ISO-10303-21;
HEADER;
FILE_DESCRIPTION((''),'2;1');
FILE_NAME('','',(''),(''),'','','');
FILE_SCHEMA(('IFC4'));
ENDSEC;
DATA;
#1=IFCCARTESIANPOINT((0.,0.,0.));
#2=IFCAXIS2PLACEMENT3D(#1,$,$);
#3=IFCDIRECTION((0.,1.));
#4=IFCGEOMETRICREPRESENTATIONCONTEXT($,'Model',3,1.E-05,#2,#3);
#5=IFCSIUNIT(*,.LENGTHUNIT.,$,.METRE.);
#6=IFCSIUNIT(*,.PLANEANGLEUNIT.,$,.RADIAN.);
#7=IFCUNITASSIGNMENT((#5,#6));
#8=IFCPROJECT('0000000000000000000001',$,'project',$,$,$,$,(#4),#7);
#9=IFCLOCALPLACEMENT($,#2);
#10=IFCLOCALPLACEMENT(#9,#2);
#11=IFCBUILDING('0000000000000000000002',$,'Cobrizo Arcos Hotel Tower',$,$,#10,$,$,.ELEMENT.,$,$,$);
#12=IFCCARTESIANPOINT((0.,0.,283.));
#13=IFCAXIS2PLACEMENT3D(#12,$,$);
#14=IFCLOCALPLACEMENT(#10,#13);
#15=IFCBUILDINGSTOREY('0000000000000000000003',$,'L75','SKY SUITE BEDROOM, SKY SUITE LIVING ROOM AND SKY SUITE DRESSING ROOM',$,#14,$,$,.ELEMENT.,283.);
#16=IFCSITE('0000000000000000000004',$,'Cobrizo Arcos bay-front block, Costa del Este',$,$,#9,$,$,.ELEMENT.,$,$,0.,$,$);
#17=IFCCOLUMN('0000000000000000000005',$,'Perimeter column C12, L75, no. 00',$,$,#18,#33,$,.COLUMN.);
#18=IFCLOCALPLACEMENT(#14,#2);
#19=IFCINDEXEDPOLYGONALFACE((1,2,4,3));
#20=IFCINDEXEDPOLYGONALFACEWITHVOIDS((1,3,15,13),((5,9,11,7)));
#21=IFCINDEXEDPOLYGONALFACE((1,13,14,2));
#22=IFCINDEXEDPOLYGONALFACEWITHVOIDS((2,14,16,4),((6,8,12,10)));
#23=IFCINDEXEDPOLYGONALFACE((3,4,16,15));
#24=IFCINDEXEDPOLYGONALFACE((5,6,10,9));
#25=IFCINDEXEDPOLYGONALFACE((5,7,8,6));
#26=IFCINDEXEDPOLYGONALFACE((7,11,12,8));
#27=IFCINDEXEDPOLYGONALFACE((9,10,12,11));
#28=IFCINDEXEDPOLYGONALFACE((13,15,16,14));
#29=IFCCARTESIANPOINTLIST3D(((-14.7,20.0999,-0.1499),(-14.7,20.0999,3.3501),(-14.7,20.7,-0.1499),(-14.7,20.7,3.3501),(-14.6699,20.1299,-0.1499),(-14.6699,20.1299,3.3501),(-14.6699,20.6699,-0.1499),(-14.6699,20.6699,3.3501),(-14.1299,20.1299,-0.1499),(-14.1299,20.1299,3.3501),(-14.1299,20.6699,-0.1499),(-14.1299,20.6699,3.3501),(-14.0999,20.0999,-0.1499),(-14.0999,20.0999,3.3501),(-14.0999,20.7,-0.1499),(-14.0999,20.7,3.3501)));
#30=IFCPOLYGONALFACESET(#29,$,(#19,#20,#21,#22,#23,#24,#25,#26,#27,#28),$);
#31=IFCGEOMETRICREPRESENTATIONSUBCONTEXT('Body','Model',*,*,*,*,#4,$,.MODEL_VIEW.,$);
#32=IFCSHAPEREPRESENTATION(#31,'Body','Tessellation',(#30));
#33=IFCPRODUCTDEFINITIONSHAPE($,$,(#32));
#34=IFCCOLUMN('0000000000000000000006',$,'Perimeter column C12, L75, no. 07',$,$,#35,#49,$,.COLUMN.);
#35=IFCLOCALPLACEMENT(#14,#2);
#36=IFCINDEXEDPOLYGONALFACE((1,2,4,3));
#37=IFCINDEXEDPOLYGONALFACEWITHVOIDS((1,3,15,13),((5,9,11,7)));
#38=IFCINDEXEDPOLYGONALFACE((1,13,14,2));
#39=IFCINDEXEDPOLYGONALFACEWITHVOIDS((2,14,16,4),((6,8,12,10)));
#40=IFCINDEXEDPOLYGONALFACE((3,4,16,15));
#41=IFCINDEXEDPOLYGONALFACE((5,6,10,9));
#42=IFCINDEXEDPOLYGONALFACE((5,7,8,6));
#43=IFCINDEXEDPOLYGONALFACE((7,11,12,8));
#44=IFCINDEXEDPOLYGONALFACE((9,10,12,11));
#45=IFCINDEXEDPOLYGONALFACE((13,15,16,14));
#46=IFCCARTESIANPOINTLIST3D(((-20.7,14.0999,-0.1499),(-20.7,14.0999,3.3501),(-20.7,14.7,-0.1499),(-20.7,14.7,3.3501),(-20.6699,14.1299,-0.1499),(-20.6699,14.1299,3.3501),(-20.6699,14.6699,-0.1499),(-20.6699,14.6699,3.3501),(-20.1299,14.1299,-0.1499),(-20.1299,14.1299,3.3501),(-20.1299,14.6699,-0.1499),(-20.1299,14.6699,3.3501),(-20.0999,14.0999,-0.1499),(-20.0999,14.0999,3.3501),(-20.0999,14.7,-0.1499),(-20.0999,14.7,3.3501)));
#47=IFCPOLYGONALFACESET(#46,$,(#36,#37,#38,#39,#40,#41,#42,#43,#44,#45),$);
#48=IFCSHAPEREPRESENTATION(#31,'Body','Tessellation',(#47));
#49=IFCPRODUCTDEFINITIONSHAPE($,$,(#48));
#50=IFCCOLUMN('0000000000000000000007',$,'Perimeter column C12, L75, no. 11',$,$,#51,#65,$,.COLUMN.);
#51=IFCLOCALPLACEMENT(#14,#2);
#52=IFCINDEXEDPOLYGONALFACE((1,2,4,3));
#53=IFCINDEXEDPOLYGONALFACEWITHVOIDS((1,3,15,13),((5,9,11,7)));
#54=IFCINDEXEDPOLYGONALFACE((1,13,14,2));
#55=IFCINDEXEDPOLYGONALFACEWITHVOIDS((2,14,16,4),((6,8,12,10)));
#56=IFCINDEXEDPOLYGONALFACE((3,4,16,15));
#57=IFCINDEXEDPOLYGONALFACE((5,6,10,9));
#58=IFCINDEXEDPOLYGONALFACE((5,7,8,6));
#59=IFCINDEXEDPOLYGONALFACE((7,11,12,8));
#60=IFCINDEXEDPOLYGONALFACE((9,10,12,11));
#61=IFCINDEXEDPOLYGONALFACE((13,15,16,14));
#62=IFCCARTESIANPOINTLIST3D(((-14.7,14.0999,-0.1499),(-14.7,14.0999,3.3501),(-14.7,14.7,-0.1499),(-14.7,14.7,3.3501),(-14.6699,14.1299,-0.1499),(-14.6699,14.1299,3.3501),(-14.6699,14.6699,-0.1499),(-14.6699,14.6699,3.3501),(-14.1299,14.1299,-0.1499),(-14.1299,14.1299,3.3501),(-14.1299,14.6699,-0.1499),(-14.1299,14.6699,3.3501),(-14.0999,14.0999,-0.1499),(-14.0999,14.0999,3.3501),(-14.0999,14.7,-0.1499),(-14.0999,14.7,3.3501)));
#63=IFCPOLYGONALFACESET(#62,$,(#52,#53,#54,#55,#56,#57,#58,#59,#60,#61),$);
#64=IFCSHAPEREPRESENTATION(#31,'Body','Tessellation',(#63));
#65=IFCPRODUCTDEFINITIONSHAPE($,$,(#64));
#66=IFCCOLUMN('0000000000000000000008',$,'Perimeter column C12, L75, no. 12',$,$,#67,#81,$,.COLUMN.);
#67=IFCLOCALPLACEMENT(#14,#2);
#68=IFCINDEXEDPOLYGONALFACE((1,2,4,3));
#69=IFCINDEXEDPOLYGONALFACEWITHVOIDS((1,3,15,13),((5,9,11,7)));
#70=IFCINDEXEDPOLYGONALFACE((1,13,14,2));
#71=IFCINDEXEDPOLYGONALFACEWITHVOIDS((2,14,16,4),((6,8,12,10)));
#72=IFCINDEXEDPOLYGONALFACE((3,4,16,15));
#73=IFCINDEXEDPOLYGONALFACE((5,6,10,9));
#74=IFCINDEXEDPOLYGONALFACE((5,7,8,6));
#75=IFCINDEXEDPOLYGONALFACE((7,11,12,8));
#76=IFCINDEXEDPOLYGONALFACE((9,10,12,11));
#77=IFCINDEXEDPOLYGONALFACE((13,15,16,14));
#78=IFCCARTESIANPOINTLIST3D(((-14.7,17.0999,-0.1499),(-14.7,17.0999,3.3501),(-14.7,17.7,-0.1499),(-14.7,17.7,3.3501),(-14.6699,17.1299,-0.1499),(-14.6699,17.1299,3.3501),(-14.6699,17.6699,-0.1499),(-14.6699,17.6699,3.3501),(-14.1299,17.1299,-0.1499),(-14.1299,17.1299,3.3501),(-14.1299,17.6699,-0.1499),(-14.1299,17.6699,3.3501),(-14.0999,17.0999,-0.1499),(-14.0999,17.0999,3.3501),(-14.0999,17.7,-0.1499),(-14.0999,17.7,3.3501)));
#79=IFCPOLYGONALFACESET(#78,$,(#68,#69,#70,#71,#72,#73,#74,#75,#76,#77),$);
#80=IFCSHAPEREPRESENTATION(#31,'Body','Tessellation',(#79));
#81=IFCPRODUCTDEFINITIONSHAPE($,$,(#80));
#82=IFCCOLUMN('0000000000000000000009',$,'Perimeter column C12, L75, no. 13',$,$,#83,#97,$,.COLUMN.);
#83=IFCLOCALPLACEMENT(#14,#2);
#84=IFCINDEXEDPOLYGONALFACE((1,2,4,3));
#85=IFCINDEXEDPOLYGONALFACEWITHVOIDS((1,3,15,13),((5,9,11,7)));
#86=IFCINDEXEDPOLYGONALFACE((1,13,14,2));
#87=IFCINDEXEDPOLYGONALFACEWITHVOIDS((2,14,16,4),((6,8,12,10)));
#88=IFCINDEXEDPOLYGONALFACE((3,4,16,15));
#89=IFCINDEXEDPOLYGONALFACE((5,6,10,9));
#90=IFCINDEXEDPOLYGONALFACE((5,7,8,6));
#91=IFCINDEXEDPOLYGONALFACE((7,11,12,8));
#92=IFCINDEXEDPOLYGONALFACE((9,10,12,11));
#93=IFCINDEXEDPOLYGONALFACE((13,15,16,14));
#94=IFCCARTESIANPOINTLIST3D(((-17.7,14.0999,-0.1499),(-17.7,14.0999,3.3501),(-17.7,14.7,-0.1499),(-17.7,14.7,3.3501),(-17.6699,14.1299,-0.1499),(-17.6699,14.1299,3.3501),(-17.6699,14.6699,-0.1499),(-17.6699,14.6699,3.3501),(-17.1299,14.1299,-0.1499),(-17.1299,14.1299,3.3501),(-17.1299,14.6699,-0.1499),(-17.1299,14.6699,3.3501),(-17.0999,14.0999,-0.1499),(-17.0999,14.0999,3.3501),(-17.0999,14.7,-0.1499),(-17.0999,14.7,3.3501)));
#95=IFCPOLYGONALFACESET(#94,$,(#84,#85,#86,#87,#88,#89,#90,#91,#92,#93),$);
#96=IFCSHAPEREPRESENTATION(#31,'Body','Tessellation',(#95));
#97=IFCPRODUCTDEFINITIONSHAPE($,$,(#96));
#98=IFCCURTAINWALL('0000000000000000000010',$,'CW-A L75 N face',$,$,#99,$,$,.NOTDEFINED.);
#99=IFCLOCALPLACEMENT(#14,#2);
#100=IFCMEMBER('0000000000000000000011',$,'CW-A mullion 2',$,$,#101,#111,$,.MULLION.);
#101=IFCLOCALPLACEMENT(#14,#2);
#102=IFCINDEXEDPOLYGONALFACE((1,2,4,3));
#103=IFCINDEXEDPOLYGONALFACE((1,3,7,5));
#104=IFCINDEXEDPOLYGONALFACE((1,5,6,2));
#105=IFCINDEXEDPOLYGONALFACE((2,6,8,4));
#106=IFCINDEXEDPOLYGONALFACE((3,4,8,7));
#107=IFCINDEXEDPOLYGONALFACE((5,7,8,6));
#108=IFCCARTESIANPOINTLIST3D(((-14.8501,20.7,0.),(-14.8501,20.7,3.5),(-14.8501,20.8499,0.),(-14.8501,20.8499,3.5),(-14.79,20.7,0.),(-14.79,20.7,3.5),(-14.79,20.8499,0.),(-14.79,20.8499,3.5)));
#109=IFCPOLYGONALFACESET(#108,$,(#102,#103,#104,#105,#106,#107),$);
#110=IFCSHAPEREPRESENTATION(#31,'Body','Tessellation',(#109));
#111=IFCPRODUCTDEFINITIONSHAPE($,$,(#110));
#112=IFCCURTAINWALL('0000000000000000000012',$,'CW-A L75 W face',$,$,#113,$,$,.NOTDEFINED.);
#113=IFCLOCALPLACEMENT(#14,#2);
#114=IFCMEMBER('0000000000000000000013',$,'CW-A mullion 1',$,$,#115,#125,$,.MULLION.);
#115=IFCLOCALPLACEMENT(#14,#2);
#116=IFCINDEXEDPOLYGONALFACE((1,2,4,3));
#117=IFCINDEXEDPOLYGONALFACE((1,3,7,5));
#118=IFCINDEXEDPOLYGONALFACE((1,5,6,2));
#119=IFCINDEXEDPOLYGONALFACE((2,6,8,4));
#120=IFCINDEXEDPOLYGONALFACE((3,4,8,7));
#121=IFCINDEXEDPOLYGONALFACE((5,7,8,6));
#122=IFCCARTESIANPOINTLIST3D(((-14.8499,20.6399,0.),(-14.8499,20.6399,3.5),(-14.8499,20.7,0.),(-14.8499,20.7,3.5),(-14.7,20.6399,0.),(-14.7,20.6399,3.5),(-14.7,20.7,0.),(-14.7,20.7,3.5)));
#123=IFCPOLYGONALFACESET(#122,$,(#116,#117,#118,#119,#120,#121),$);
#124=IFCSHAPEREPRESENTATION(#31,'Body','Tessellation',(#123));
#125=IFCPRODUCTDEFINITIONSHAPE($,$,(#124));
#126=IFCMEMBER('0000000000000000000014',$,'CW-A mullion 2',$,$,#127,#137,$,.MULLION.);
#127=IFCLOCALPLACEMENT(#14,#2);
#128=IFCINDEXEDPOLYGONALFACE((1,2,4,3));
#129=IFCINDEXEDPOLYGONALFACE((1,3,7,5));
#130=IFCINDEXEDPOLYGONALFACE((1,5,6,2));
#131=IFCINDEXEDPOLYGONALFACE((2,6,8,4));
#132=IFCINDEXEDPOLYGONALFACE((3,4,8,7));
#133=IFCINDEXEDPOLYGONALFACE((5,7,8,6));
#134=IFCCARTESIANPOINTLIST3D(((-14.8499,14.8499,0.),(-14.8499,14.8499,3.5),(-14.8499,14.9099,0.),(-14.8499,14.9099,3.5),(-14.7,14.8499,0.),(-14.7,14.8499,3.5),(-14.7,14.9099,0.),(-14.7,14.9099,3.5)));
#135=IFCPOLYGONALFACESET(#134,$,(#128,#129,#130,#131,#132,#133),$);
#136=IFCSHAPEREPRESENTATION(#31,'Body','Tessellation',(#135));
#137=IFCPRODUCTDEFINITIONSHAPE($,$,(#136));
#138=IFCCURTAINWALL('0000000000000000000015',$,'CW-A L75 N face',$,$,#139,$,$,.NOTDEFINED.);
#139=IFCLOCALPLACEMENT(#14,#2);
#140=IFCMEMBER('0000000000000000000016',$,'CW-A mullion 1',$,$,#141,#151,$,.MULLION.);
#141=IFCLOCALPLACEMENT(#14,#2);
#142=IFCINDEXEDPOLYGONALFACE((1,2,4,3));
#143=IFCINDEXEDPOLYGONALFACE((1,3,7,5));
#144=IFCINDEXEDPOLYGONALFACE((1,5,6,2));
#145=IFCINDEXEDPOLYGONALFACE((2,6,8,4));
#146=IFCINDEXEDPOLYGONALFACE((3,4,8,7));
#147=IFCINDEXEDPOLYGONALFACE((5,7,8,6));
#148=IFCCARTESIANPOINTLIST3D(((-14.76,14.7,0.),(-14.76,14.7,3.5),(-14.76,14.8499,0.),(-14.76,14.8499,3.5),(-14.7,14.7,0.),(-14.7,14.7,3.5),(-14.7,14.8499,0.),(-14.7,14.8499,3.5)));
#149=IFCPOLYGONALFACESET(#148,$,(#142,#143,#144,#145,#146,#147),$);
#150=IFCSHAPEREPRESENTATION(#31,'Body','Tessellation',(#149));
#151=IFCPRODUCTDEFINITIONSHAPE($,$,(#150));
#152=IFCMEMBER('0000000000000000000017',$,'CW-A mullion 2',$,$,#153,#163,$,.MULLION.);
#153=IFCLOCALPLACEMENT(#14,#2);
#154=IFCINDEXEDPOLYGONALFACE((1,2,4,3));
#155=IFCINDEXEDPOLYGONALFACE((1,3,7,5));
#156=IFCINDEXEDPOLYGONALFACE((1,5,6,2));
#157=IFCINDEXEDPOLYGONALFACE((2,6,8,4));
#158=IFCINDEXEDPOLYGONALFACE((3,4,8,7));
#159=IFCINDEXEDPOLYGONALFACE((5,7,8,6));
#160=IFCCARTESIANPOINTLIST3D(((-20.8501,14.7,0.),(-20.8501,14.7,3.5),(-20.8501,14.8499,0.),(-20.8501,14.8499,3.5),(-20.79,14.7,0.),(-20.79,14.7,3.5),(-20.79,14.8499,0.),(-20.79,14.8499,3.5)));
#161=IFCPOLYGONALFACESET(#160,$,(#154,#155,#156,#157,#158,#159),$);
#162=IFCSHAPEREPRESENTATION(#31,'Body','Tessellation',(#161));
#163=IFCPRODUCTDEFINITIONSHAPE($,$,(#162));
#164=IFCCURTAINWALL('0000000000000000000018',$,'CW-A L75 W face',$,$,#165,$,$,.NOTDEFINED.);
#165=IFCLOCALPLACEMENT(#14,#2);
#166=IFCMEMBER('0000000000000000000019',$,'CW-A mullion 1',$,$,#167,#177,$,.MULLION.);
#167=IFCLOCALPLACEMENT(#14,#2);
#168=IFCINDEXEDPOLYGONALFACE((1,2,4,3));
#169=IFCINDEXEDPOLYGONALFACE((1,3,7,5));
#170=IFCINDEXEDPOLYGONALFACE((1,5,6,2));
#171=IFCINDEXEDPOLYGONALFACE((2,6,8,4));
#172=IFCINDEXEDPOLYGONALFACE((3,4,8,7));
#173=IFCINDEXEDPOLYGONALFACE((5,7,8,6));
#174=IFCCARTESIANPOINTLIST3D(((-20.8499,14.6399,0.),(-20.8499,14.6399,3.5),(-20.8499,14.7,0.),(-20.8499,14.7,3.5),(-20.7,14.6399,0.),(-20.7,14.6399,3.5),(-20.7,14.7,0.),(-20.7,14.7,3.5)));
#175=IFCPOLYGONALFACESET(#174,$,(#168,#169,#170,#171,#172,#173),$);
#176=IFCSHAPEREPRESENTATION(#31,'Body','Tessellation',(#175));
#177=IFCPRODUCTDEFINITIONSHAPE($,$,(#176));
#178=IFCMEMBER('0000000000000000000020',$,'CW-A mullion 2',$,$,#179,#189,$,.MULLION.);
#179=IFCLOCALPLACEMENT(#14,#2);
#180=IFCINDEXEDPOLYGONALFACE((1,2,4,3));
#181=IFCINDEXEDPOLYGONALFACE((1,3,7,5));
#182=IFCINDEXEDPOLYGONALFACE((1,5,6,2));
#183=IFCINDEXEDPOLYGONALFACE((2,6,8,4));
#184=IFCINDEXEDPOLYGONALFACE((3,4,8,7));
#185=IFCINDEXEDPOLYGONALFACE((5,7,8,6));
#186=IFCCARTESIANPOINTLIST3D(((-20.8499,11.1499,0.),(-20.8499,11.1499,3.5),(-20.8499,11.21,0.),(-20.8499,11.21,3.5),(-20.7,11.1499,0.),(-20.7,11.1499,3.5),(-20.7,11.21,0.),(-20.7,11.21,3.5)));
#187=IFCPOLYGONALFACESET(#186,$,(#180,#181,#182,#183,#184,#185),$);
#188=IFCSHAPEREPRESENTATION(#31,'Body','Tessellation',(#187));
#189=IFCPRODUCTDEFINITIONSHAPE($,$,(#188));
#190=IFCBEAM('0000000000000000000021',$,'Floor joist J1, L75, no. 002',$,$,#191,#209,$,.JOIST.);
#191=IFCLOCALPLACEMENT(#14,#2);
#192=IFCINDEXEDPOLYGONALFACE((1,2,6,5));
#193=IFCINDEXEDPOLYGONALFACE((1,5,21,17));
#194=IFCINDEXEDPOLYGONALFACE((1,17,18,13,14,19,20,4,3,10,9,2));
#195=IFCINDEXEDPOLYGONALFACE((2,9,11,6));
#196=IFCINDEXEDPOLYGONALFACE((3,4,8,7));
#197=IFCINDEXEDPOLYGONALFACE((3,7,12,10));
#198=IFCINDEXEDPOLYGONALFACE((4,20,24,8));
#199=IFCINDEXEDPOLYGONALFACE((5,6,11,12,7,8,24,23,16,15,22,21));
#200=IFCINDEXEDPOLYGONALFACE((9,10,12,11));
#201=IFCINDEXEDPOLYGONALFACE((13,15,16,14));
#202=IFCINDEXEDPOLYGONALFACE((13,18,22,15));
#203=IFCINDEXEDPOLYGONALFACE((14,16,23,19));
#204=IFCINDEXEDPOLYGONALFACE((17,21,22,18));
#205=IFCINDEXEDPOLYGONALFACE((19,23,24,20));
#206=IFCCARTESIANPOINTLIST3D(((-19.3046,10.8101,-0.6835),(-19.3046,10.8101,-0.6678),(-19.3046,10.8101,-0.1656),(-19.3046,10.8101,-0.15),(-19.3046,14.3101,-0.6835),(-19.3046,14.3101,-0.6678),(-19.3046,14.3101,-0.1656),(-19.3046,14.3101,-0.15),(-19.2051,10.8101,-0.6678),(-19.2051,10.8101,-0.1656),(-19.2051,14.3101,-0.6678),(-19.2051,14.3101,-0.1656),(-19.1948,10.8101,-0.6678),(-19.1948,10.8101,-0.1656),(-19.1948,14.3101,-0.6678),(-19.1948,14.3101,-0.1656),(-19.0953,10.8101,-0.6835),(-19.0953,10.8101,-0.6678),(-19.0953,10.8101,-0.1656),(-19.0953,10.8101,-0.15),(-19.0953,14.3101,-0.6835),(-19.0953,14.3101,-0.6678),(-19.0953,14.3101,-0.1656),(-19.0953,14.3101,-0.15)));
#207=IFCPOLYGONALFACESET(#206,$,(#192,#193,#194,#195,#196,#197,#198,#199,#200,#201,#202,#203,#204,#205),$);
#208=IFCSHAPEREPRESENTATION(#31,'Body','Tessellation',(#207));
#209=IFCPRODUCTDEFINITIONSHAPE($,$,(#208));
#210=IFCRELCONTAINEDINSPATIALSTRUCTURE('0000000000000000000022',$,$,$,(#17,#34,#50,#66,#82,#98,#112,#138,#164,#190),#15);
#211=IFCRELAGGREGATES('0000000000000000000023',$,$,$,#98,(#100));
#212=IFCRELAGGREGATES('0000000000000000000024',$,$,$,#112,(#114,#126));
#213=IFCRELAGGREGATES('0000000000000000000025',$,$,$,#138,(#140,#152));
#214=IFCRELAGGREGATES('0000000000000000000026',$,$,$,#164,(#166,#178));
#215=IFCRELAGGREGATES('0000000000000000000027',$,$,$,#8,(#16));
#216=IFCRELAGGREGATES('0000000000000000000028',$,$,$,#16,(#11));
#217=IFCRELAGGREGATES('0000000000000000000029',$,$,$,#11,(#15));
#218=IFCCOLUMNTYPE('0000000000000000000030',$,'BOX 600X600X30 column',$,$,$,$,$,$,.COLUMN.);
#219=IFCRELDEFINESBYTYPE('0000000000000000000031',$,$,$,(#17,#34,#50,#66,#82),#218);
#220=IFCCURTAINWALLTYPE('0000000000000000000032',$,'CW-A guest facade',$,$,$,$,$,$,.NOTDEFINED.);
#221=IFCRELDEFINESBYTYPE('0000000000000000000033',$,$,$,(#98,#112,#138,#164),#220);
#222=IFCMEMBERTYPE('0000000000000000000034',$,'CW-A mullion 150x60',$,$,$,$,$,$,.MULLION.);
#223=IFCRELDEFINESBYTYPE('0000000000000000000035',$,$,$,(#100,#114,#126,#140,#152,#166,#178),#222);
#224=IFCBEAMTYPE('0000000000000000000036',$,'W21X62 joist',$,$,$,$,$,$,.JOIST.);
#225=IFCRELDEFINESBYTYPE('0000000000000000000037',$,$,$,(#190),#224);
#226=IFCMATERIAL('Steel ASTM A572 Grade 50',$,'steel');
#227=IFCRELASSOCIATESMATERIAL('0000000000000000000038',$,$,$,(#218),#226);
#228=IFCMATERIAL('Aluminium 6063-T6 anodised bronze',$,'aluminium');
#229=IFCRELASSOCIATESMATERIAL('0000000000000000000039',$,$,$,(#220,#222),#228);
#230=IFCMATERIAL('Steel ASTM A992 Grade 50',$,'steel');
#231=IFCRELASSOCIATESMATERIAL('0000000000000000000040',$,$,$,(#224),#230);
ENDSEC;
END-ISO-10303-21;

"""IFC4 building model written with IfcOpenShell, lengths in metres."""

from ifc_helpers import new_model, si_unit, direction, frame, origin, origin_2d, place, context, subcontext, project, spatial, rectangle, hollow_rectangle, i_section, extrude, material, material_profile, profile_set, type_object, element, aggregate, save


model = new_model("IFC4")

# Units and contexts
model_context = context("Model", 3, precision=1e-05, world=origin(), true_north=direction((0.0, 1.0)))
body_context = subcontext(model_context, "Body", "Model", "MODEL_VIEW")
ifc_project = project(units=[si_unit("LENGTHUNIT", "METRE"), si_unit("PLANEANGLEUNIT", "RADIAN")], contexts=[model_context])

# Site, building, storey
site_placement = place(None, origin())
site = spatial("IfcSite", under=ifc_project, at=site_placement, Name="Cobrizo Arcos bay-front block, Costa del Este", CompositionType="ELEMENT", RefElevation=0.0)
building_placement = place(site_placement, origin())
building = spatial("IfcBuilding", under=site, at=building_placement, Name="Cobrizo Arcos Hotel Tower", CompositionType="ELEMENT")
storey_placement = place(building_placement, frame((0.0, 0.0, 283.0)))
storey = spatial("IfcBuildingStorey", under=building, at=storey_placement, Name="L75", Description="SKY SUITE BEDROOM, SKY SUITE LIVING ROOM AND SKY SUITE DRESSING ROOM", CompositionType="ELEMENT", Elevation=283.0)

# Columns
ifc_material_1 = material(Name="Steel ASTM A572 Grade 50", Category="steel")
ifc_material_profile_1 = material_profile(ifc_material_1, hollow_rectangle(XDim=0.6001, YDim=0.6001, WallThickness=0.03, at=origin_2d()), Name="BOX 600X600X30")
ifc_profile_set_1 = profile_set([ifc_material_profile_1], Name="Steel ASTM A572 Grade 50")
column_type = type_object("IfcColumnType", Name="BOX 600X600X30 column", PredefinedType="COLUMN", material=ifc_profile_set_1)
for number, where, z_axis, x_axis, name in (
    (1, (-14.3999, 20.3999, -0.1499), (0.0, 0.0, 1.0), (1.0, 0.0, 0.0), "Perimeter column C12, L75, no. 00"),
    (2, (-20.3999, 14.3999, -0.1499), (0.0, 0.0, 1.0), (1.0, 0.0, 0.0), "Perimeter column C12, L75, no. 07"),
    (3, (-14.3999, 14.3999, -0.1499), (0.0, 0.0, 1.0), (1.0, 0.0, 0.0), "Perimeter column C12, L75, no. 11"),
    (4, (-14.3999, 17.3999, -0.1499), (0.0, 0.0, 1.0), (1.0, 0.0, 0.0), "Perimeter column C12, L75, no. 12"),
    (5, (-17.3999, 14.3999, -0.1499), (0.0, 0.0, 1.0), (1.0, 0.0, 0.0), "Perimeter column C12, L75, no. 13"),
):
    element("IfcColumn", number, at=place(storey_placement, frame(where, z_axis=z_axis, x_axis=x_axis)), inside=storey, type_object=column_type, Name=name, PredefinedType="COLUMN", context=body_context, shape_type="SweptSolid", body=[
        extrude(hollow_rectangle(XDim=0.6001, YDim=0.6001, WallThickness=0.03, at=origin_2d()), origin(), (0.0, 0.0, 1.0), 3.5),
    ])

# Curtain wall, member
ifc_material_2 = material(Name="Aluminium 6063-T6 anodised bronze", Category="aluminium")
curtain_wall_type_1 = type_object("IfcCurtainWallType", Name="CW-A guest facade", PredefinedType="NOTDEFINED", material=ifc_material_2)
curtain_wall_1_placement = place(storey_placement, origin())
curtain_wall_1 = element("IfcCurtainWall", 6, at=curtain_wall_1_placement, inside=storey, type_object=curtain_wall_type_1, Name="CW-A L75 N face", PredefinedType="NOTDEFINED")
ifc_material_profile_2 = material_profile(ifc_material_2, rectangle(XDim=0.1499, YDim=0.0601, at=origin_2d()), Name="CW-A mullion 150x60")
ifc_profile_set_2 = profile_set([ifc_material_profile_2], Name="Aluminium 6063-T6 anodised bronze")
member_type = type_object("IfcMemberType", Name="CW-A mullion 150x60", PredefinedType="MULLION", material=ifc_profile_set_2)
member_1_placement = place(storey_placement, frame((-14.8201, 20.7749, 0.0), z_axis=(0.0, 0.0, 1.0), x_axis=(0.0, 1.0, 0.0)))
member_1 = element("IfcMember", 7, at=member_1_placement, type_object=member_type, Name="CW-A mullion 2", PredefinedType="MULLION", context=body_context, shape_type="SweptSolid", body=[
    extrude(rectangle(XDim=0.1499, YDim=0.0601, at=origin_2d()), origin(), (0.0, 0.0, 1.0), 3.5),
])

# Curtain walls, members
curtain_wall_2_placement = place(storey_placement, origin())
curtain_wall_2 = element("IfcCurtainWall", 8, at=curtain_wall_2_placement, inside=storey, type_object=curtain_wall_type_1, Name="CW-A L75 W face", PredefinedType="NOTDEFINED")
member_2_placement = place(storey_placement, frame((-14.7749, 20.6699, 0.0), z_axis=(0.0, 0.0, 1.0), x_axis=(-1.0, 0.0, 0.0)))
member_2 = element("IfcMember", 9, at=member_2_placement, type_object=member_type, Name="CW-A mullion 1", PredefinedType="MULLION", context=body_context, shape_type="SweptSolid", body=[
    extrude(rectangle(XDim=0.1499, YDim=0.0601, at=origin_2d()), origin(), (0.0, 0.0, 1.0), 3.5),
])
member_3_placement = place(storey_placement, frame((-14.7749, 14.8799, 0.0), z_axis=(0.0, 0.0, 1.0), x_axis=(-1.0, 0.0, 0.0)))
member_3 = element("IfcMember", 10, at=member_3_placement, type_object=member_type, Name="CW-A mullion 2", PredefinedType="MULLION", context=body_context, shape_type="SweptSolid", body=[
    extrude(rectangle(XDim=0.1499, YDim=0.0601, at=origin_2d()), origin(), (0.0, 0.0, 1.0), 3.5),
])
curtain_wall_3_placement = place(storey_placement, origin())
curtain_wall_3 = element("IfcCurtainWall", 11, at=curtain_wall_3_placement, inside=storey, type_object=curtain_wall_type_1, Name="CW-A L75 N face", PredefinedType="NOTDEFINED")
member_4_placement = place(storey_placement, frame((-14.73, 14.7749, 0.0), z_axis=(0.0, 0.0, 1.0), x_axis=(0.0, 1.0, 0.0)))
member_4 = element("IfcMember", 12, at=member_4_placement, type_object=member_type, Name="CW-A mullion 1", PredefinedType="MULLION", context=body_context, shape_type="SweptSolid", body=[
    extrude(rectangle(XDim=0.1499, YDim=0.0601, at=origin_2d()), origin(), (0.0, 0.0, 1.0), 3.5),
])
member_5_placement = place(storey_placement, frame((-20.8201, 14.7749, 0.0), z_axis=(0.0, 0.0, 1.0), x_axis=(0.0, 1.0, 0.0)))
member_5 = element("IfcMember", 13, at=member_5_placement, type_object=member_type, Name="CW-A mullion 2", PredefinedType="MULLION", context=body_context, shape_type="SweptSolid", body=[
    extrude(rectangle(XDim=0.1499, YDim=0.0601, at=origin_2d()), origin(), (0.0, 0.0, 1.0), 3.5),
])
curtain_wall_4_placement = place(storey_placement, origin())
curtain_wall_4 = element("IfcCurtainWall", 14, at=curtain_wall_4_placement, inside=storey, type_object=curtain_wall_type_1, Name="CW-A L75 W face", PredefinedType="NOTDEFINED")
member_6_placement = place(storey_placement, frame((-20.7749, 14.6699, 0.0), z_axis=(0.0, 0.0, 1.0), x_axis=(-1.0, 0.0, 0.0)))
member_6 = element("IfcMember", 15, at=member_6_placement, type_object=member_type, Name="CW-A mullion 1", PredefinedType="MULLION", context=body_context, shape_type="SweptSolid", body=[
    extrude(rectangle(XDim=0.1499, YDim=0.0601, at=origin_2d()), origin(), (0.0, 0.0, 1.0), 3.5),
])
member_7_placement = place(storey_placement, frame((-20.7749, 11.1799, 0.0), z_axis=(0.0, 0.0, 1.0), x_axis=(-1.0, 0.0, 0.0)))
member_7 = element("IfcMember", 16, at=member_7_placement, type_object=member_type, Name="CW-A mullion 2", PredefinedType="MULLION", context=body_context, shape_type="SweptSolid", body=[
    extrude(rectangle(XDim=0.1499, YDim=0.0601, at=origin_2d()), origin(), (0.0, 0.0, 1.0), 3.5),
])

# Beam
ifc_material_3 = material(Name="Steel ASTM A992 Grade 50", Category="steel")
ifc_material_profile_3 = material_profile(ifc_material_3, i_section(OverallWidth=0.2092, OverallDepth=0.5334, WebThickness=0.0103, FlangeThickness=0.0156, at=origin_2d()), Name="W21X62")
ifc_profile_set_3 = profile_set([ifc_material_profile_3], Name="Steel ASTM A992 Grade 50")
beam_type_1 = type_object("IfcBeamType", Name="W21X62 joist", PredefinedType="JOIST", material=ifc_profile_set_3)
beam_1_placement = place(storey_placement, frame((-19.2, 10.8101, -0.4167), z_axis=(0.0, 1.0, 0.0), x_axis=(-1.0, 0.0, 0.0)))
element("IfcBeam", 17, at=beam_1_placement, inside=storey, type_object=beam_type_1, Name="Floor joist J1, L75, no. 002", PredefinedType="JOIST", context=body_context, shape_type="SweptSolid", body=[
    extrude(i_section(OverallWidth=0.2092, OverallDepth=0.5334, WebThickness=0.0103, FlangeThickness=0.0156, at=origin_2d()), origin(), (0.0, 0.0, 1.0), 3.5),
])

aggregate(curtain_wall_1, [member_1])
aggregate(curtain_wall_2, [member_2, member_3])
aggregate(curtain_wall_3, [member_4, member_5])
aggregate(curtain_wall_4, [member_6, member_7])

save(model, "model.ifc")
